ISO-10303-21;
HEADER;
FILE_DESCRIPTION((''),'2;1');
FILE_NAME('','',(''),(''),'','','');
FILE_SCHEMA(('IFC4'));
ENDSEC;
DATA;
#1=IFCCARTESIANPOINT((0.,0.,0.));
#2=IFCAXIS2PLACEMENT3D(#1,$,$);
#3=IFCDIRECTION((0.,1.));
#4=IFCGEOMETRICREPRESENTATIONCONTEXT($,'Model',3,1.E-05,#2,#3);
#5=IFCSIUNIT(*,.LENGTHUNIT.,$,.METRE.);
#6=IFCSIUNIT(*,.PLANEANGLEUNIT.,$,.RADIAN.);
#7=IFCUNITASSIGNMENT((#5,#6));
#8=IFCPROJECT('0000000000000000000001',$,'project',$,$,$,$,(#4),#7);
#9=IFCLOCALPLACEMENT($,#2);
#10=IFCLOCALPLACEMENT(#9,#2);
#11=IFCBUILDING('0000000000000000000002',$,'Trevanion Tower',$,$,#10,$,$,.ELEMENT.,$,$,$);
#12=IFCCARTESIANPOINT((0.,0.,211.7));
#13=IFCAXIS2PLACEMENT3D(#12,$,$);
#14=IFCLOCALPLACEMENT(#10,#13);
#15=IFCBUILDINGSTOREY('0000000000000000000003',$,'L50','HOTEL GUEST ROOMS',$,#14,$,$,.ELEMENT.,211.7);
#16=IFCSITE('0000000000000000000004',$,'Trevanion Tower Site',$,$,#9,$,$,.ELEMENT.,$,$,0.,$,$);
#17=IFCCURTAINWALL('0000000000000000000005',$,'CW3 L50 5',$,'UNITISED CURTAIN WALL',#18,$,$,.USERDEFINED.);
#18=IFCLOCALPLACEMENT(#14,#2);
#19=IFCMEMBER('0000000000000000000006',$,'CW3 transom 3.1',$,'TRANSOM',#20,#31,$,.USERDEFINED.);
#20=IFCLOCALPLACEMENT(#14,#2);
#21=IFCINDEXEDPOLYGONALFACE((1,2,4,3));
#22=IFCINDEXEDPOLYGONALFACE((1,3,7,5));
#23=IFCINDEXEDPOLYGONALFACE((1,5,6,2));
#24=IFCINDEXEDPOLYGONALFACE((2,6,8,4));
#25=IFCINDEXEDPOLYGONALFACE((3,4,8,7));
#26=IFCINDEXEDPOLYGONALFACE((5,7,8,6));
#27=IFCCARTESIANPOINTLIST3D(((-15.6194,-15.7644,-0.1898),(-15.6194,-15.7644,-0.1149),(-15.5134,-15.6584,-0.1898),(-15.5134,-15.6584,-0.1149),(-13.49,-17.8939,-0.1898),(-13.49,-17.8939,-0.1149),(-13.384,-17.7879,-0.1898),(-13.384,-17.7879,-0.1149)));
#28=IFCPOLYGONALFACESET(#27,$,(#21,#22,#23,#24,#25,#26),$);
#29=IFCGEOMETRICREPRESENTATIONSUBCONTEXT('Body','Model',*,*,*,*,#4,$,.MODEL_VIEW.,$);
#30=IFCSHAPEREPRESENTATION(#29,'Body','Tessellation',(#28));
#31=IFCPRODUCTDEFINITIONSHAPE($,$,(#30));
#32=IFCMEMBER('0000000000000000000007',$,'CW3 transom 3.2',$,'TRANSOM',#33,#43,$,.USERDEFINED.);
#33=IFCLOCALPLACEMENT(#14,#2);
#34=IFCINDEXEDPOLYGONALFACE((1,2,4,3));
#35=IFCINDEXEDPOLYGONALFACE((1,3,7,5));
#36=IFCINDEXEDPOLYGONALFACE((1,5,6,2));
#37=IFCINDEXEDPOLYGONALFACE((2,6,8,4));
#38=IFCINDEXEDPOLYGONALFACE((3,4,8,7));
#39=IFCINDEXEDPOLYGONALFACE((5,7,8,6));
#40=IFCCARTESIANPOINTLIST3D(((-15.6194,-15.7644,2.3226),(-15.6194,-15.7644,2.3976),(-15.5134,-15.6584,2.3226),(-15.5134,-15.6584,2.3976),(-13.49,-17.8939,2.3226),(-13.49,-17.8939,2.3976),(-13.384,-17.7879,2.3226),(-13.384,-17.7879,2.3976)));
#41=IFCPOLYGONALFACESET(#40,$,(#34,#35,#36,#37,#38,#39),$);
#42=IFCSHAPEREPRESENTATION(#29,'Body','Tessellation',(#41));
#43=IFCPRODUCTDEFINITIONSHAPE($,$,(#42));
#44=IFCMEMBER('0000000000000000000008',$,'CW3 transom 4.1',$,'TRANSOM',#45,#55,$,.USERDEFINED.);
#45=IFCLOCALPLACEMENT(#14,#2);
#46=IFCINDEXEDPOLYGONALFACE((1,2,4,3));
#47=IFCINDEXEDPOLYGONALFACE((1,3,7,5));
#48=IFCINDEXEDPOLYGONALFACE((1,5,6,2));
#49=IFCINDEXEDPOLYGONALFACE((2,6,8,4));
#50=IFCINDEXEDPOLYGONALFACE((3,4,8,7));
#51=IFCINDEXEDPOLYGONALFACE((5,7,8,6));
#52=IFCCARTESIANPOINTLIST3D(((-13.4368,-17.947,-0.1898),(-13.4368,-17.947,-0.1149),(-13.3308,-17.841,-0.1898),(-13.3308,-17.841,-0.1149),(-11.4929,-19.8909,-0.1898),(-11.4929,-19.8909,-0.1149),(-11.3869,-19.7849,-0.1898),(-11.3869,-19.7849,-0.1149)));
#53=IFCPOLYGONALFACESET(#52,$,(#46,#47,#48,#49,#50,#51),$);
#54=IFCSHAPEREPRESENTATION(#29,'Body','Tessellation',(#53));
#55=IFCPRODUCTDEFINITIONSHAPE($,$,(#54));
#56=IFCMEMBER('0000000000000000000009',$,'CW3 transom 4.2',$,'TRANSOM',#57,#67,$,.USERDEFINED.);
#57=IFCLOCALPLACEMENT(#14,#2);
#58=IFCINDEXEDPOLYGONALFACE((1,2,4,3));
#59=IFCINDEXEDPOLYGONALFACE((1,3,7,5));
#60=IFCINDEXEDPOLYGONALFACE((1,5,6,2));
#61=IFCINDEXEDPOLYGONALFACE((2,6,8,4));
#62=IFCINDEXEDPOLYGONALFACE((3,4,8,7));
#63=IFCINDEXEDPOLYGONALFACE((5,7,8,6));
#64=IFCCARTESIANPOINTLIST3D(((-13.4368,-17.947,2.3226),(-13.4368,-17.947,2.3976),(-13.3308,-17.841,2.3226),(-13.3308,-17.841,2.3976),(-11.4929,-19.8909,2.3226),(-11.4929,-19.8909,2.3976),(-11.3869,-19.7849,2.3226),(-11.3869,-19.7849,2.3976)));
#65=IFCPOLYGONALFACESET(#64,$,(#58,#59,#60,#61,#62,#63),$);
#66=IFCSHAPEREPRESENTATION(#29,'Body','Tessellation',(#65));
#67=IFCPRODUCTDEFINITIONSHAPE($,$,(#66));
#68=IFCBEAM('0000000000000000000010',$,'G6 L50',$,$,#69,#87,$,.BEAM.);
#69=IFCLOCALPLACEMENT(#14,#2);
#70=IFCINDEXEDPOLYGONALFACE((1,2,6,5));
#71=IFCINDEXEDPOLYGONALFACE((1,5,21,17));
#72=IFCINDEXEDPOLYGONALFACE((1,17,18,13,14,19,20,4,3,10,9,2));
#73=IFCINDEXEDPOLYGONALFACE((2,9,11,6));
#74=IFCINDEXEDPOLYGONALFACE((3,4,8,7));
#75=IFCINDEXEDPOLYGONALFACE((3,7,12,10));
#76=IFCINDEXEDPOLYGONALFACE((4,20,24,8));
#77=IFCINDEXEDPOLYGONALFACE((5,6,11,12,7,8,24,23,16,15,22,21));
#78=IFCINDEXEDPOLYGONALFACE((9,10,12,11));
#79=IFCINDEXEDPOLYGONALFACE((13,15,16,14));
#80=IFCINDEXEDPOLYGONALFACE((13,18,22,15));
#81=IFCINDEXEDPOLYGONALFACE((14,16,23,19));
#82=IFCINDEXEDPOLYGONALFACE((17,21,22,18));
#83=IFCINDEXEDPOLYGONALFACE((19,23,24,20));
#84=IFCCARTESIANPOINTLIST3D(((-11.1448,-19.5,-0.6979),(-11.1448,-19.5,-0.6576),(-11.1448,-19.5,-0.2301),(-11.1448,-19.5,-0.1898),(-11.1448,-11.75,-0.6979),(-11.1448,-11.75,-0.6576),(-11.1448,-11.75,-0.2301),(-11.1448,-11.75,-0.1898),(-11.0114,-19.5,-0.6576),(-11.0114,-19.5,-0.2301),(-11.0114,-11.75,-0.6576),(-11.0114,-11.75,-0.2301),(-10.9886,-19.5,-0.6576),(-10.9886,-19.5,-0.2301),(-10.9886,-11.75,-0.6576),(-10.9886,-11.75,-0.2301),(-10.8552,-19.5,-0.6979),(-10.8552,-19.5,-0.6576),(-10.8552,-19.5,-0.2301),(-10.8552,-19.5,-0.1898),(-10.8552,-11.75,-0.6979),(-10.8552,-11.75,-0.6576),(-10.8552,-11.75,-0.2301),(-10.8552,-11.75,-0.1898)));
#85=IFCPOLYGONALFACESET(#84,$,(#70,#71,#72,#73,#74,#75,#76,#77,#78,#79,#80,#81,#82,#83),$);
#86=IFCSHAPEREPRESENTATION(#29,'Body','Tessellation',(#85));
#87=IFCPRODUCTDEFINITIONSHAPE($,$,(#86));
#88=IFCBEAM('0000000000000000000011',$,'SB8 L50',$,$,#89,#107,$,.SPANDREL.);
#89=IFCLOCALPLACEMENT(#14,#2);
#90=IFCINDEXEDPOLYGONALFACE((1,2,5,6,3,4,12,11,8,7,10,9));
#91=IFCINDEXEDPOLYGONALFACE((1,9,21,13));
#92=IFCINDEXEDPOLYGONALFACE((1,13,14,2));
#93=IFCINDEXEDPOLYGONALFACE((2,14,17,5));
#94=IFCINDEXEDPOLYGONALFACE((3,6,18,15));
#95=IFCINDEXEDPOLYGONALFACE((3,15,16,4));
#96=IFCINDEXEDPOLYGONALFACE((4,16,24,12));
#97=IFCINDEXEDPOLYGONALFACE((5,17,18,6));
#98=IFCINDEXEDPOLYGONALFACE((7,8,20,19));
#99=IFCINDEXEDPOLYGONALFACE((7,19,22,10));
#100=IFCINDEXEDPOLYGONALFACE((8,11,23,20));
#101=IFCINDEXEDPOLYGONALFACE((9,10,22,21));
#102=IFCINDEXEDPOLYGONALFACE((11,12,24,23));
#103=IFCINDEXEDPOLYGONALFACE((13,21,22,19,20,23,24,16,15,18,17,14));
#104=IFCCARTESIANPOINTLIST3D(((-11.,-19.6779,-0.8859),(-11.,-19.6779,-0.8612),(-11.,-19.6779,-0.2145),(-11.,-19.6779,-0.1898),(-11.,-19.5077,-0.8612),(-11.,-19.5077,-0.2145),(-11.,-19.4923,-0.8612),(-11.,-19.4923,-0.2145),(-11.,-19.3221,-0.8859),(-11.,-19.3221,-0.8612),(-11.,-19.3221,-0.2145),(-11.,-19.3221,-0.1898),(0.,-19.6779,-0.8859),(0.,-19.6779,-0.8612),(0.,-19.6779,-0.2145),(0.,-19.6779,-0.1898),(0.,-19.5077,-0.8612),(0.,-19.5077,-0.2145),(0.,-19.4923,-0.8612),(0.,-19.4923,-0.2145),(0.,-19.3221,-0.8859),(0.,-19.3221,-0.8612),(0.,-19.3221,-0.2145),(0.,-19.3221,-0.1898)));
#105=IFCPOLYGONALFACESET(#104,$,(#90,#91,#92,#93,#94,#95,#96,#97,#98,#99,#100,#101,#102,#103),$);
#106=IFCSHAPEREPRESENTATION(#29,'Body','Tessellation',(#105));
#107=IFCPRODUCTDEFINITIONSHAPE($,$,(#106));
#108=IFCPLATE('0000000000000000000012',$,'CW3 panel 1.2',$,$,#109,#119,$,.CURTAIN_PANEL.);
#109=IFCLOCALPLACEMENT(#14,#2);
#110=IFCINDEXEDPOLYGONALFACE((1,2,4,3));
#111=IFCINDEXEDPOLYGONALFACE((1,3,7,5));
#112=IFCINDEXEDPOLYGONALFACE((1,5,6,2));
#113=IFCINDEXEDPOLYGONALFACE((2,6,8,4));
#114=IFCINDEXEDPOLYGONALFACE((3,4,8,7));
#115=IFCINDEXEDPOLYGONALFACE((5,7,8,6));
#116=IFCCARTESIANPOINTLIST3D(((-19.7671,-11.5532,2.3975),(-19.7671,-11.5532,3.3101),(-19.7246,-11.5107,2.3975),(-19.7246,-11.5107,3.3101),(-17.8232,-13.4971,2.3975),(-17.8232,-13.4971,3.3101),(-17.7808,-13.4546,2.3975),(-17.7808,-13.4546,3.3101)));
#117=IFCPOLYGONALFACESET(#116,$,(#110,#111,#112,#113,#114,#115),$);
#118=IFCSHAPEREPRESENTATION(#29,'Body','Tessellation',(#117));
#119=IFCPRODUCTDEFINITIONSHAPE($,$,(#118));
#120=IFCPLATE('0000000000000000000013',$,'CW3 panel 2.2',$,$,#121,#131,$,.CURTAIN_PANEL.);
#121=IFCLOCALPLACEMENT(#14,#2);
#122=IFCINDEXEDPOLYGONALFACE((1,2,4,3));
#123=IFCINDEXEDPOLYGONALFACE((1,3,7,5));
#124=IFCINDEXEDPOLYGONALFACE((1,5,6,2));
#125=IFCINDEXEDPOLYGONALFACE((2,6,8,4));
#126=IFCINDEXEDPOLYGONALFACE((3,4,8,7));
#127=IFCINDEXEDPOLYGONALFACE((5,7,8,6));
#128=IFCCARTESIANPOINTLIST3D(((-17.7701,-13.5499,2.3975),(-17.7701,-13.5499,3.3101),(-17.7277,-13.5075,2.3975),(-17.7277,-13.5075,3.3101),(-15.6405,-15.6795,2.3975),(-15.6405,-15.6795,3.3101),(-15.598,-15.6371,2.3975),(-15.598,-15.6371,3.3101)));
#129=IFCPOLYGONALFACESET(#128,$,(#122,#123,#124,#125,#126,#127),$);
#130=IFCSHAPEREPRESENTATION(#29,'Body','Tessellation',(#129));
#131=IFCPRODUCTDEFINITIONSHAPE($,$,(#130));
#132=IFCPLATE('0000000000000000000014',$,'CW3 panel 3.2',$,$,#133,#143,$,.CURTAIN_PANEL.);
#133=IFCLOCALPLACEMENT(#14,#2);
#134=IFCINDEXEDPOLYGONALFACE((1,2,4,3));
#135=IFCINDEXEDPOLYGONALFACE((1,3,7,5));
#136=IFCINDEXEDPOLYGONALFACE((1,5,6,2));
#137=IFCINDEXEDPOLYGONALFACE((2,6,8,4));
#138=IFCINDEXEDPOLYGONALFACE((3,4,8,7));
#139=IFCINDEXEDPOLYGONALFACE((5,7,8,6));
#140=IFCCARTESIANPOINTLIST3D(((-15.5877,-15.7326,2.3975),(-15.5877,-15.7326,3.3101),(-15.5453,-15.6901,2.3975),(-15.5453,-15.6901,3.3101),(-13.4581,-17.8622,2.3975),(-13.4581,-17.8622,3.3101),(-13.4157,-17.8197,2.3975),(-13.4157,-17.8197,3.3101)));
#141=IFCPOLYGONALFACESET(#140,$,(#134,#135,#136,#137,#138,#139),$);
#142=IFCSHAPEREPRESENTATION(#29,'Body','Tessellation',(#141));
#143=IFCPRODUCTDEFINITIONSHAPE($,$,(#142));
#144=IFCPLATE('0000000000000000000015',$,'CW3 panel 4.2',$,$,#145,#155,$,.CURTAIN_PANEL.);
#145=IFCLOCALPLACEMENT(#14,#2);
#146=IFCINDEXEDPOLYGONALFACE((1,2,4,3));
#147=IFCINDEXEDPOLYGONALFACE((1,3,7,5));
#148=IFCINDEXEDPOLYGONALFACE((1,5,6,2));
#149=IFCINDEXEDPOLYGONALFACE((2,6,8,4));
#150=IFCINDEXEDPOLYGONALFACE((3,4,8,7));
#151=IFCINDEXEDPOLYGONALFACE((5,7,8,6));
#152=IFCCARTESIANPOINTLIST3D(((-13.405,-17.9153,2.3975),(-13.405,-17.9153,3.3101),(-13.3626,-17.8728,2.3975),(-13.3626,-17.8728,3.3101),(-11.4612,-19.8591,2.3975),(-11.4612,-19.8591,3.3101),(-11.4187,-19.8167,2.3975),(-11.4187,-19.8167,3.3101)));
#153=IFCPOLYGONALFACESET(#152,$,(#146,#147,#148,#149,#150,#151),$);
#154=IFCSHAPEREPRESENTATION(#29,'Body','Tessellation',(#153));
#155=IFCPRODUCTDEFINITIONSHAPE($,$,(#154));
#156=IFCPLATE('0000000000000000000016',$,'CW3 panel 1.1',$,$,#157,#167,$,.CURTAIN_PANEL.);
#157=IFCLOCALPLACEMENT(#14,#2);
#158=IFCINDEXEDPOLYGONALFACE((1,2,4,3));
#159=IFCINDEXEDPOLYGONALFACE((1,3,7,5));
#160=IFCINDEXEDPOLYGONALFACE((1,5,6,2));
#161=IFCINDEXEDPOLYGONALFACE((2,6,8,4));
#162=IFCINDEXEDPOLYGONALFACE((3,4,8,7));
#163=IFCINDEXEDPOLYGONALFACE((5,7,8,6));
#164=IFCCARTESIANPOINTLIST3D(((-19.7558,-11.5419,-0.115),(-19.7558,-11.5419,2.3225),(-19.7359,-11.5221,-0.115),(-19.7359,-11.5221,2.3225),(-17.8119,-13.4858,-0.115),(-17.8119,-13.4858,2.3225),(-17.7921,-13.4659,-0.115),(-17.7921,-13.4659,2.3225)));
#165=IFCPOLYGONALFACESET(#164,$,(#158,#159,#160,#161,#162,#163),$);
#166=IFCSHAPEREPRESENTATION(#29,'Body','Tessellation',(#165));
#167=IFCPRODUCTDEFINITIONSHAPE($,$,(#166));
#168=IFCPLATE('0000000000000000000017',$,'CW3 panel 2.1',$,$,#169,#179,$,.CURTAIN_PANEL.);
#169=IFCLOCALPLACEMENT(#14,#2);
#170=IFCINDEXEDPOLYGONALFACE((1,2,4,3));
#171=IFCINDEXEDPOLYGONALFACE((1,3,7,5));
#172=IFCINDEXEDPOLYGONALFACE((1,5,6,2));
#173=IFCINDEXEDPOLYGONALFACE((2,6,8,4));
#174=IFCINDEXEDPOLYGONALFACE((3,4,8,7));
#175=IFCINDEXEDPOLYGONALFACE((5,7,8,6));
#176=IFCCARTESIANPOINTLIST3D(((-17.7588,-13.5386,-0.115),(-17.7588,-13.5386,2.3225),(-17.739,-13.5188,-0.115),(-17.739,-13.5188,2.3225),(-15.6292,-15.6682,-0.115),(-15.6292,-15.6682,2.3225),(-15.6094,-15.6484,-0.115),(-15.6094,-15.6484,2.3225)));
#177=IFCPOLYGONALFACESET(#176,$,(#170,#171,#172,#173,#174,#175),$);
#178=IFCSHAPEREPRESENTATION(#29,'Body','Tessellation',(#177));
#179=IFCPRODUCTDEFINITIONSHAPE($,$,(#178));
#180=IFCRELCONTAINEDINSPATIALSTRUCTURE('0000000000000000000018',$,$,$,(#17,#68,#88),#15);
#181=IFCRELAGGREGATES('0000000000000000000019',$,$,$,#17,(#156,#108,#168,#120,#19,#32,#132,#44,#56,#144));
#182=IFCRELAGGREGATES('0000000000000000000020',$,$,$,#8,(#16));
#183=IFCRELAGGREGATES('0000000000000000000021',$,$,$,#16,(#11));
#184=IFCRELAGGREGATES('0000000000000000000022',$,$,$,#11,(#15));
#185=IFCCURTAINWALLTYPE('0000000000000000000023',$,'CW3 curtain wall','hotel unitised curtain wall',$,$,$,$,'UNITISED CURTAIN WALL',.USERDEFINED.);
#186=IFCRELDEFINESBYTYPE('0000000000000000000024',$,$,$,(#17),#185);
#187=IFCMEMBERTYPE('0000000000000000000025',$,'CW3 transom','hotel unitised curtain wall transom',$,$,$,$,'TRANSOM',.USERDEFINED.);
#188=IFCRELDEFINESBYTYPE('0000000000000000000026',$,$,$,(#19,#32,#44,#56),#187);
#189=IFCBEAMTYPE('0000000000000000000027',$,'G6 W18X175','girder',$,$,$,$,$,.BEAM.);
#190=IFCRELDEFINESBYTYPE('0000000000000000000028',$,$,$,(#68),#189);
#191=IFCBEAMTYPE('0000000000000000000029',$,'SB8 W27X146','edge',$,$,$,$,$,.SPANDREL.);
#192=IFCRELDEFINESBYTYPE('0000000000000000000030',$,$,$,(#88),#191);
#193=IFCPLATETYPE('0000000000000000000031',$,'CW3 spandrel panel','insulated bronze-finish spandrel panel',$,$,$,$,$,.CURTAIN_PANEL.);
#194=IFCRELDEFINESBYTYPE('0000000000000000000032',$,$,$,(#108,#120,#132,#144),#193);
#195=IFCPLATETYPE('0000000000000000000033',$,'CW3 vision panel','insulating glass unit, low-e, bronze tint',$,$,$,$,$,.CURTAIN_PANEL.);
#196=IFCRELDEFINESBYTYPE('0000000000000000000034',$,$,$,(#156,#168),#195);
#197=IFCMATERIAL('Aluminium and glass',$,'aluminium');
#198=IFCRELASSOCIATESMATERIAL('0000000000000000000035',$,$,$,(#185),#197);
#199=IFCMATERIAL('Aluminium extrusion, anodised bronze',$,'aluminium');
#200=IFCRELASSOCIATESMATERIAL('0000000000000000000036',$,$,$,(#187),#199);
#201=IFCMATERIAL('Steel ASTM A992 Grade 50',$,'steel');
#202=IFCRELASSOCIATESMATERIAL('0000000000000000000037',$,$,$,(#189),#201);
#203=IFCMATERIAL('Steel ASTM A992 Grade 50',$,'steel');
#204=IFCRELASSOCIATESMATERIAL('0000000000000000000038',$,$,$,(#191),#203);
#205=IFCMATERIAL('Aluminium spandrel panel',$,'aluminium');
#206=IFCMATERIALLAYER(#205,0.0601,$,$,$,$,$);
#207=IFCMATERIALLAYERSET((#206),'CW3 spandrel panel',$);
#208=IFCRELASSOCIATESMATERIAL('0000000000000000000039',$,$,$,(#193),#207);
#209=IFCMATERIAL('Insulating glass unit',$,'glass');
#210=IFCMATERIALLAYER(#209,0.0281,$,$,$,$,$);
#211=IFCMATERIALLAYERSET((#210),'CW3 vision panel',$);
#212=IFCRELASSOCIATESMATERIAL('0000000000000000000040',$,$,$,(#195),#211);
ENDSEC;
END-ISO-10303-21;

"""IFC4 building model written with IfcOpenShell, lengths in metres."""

from ifc_helpers import new_model, si_unit, direction, frame, origin, origin_2d, place, context, subcontext, project, spatial, rectangle, i_section, extrude, material, layer, layer_set, material_profile, profile_set, type_object, element, aggregate, save


model = new_model("IFC4")

# Units and contexts
model_context = context("Model", 3, precision=1e-05, world=origin(), true_north=direction((0.0, 1.0)))
body_context = subcontext(model_context, "Body", "Model", "MODEL_VIEW")
ifc_project = project(units=[si_unit("LENGTHUNIT", "METRE"), si_unit("PLANEANGLEUNIT", "RADIAN")], contexts=[model_context])

# Site, building, storey
site_placement = place(None, origin())
site = spatial("IfcSite", under=ifc_project, at=site_placement, Name="Trevanion Tower Site", CompositionType="ELEMENT", RefElevation=0.0)
building_placement = place(site_placement, origin())
building = spatial("IfcBuilding", under=site, at=building_placement, Name="Trevanion Tower", CompositionType="ELEMENT")
storey_placement = place(building_placement, frame((0.0, 0.0, 211.7)))
storey = spatial("IfcBuildingStorey", under=building, at=storey_placement, Name="L50", Description="HOTEL GUEST ROOMS", CompositionType="ELEMENT", Elevation=211.7)

# Curtain wall
ifc_material_1 = material(Name="Aluminium and glass", Category="aluminium")
curtain_wall_type = type_object("IfcCurtainWallType", Name="CW3 curtain wall", Description="hotel unitised curtain wall", ElementType="UNITISED CURTAIN WALL", PredefinedType="USERDEFINED", material=ifc_material_1)
curtain_wall_1_placement = place(storey_placement, origin())
curtain_wall_1 = element("IfcCurtainWall", 1, at=curtain_wall_1_placement, inside=storey, type_object=curtain_wall_type, Name="CW3 L50 5", ObjectType="UNITISED CURTAIN WALL", PredefinedType="USERDEFINED")

# Members
ifc_material_2 = material(Name="Aluminium extrusion, anodised bronze", Category="aluminium")
ifc_material_profile_1 = material_profile(ifc_material_2, rectangle(XDim=0.1499, YDim=0.075, at=origin_2d()), Name="CW3 transom")
ifc_profile_set_1 = profile_set([ifc_material_profile_1], Name="Aluminium extrusion, anodised bronze")
member_type_1 = type_object("IfcMemberType", Name="CW3 transom", Description="hotel unitised curtain wall transom", ElementType="TRANSOM", PredefinedType="USERDEFINED", material=ifc_profile_set_1)
member_1_placement = place(storey_placement, frame((-15.5664, -15.7114, -0.1523), z_axis=(0.707107, -0.707107, 0.0), x_axis=(0.707107, 0.707107, 0.0)))
member_1 = element("IfcMember", 2, at=member_1_placement, type_object=member_type_1, Name="CW3 transom 3.1", ObjectType="TRANSOM", PredefinedType="USERDEFINED", context=body_context, shape_type="SweptSolid", body=[
    extrude(rectangle(XDim=0.1499, YDim=0.075, at=origin_2d()), origin(), (0.0, 0.0, 1.0), 3.0115),
])
member_2_placement = place(storey_placement, frame((-15.5664, -15.7114, 2.3601), z_axis=(0.707107, -0.707107, 0.0), x_axis=(0.707107, 0.707107, 0.0)))
member_2 = element("IfcMember", 3, at=member_2_placement, type_object=member_type_1, Name="CW3 transom 3.2", ObjectType="TRANSOM", PredefinedType="USERDEFINED", context=body_context, shape_type="SweptSolid", body=[
    extrude(rectangle(XDim=0.1499, YDim=0.075, at=origin_2d()), origin(), (0.0, 0.0, 1.0), 3.0115),
])
member_3_placement = place(storey_placement, frame((-13.3838, -17.894, -0.1523), z_axis=(0.707107, -0.707107, 0.0), x_axis=(0.707107, 0.707107, 0.0)))
member_3 = element("IfcMember", 4, at=member_3_placement, type_object=member_type_1, Name="CW3 transom 4.1", ObjectType="TRANSOM", PredefinedType="USERDEFINED", context=body_context, shape_type="SweptSolid", body=[
    extrude(rectangle(XDim=0.1499, YDim=0.075, at=origin_2d()), origin(), (0.0, 0.0, 1.0), 2.749),
])
member_4_placement = place(storey_placement, frame((-13.3838, -17.894, 2.3601), z_axis=(0.707107, -0.707107, 0.0), x_axis=(0.707107, 0.707107, 0.0)))
member_4 = element("IfcMember", 5, at=member_4_placement, type_object=member_type_1, Name="CW3 transom 4.2", ObjectType="TRANSOM", PredefinedType="USERDEFINED", context=body_context, shape_type="SweptSolid", body=[
    extrude(rectangle(XDim=0.1499, YDim=0.075, at=origin_2d()), origin(), (0.0, 0.0, 1.0), 2.749),
])

# Beams
ifc_material_3 = material(Name="Steel ASTM A992 Grade 50", Category="steel")
ifc_material_profile_2 = material_profile(ifc_material_3, i_section(OverallWidth=0.2896, OverallDepth=0.5081, WebThickness=0.0227, FlangeThickness=0.0403, at=origin_2d()), Name="W18X175")
ifc_profile_set_2 = profile_set([ifc_material_profile_2], Name="Steel ASTM A992 Grade 50")
beam_type_1 = type_object("IfcBeamType", Name="G6 W18X175", Description="girder", PredefinedType="BEAM", material=ifc_profile_set_2)
beam_1_placement = place(storey_placement, frame((-11.0, -11.75, -0.4438), z_axis=(0.0, -1.0, 0.0), x_axis=(1.0, 0.0, 0.0)))
element("IfcBeam", 6, at=beam_1_placement, inside=storey, type_object=beam_type_1, Name="G6 L50", PredefinedType="BEAM", context=body_context, shape_type="SweptSolid", body=[
    extrude(i_section(OverallWidth=0.2896, OverallDepth=0.5081, WebThickness=0.0227, FlangeThickness=0.0403, at=origin_2d()), origin(), (0.0, 0.0, 1.0), 7.75),
])
ifc_material_4 = material(Name="Steel ASTM A992 Grade 50", Category="steel")
ifc_material_profile_3 = material_profile(ifc_material_4, i_section(OverallWidth=0.3557, OverallDepth=0.696, WebThickness=0.0154, FlangeThickness=0.0247, at=origin_2d()), Name="W27X146")
ifc_profile_set_3 = profile_set([ifc_material_profile_3], Name="Steel ASTM A992 Grade 50")
beam_type_2 = type_object("IfcBeamType", Name="SB8 W27X146", Description="edge", PredefinedType="SPANDREL", material=ifc_profile_set_3)
beam_2_placement = place(storey_placement, frame((-11.0, -19.5, -0.5378), z_axis=(1.0, 0.0, 0.0), x_axis=(0.0, 1.0, 0.0)))
element("IfcBeam", 7, at=beam_2_placement, inside=storey, type_object=beam_type_2, Name="SB8 L50", PredefinedType="SPANDREL", context=body_context, shape_type="SweptSolid", body=[
    extrude(i_section(OverallWidth=0.3557, OverallDepth=0.696, WebThickness=0.0154, FlangeThickness=0.0247, at=origin_2d()), origin(), (0.0, 0.0, 1.0), 11.0),
])

# Plates
ifc_material_5 = material(Name="Aluminium spandrel panel", Category="aluminium")
ifc_layer_1 = layer(ifc_material_5, 0.0601)
ifc_layer_set_1 = layer_set([ifc_layer_1], Name="CW3 spandrel panel")
plate_type_1 = type_object("IfcPlateType", Name="CW3 spandrel panel", Description="insulated bronze-finish spandrel panel", PredefinedType="CURTAIN_PANEL", material=ifc_layer_set_1)
plate_1_placement = place(storey_placement, frame((-18.7739, -12.5039, 2.3975), z_axis=(0.0, 0.0, 1.0), x_axis=(0.707107, -0.707107, 0.0)))
plate_1 = element("IfcPlate", 8, at=plate_1_placement, type_object=plate_type_1, Name="CW3 panel 1.2", PredefinedType="CURTAIN_PANEL", context=body_context, shape_type="SweptSolid", body=[
    extrude(rectangle(XDim=2.749, YDim=0.0601, at=origin_2d()), origin(), (0.0, 0.0, 1.0), 0.9126),
])
plate_2_placement = place(storey_placement, frame((-16.6841, -14.5935, 2.3975), z_axis=(0.0, 0.0, 1.0), x_axis=(0.707107, -0.707107, 0.0)))
plate_2 = element("IfcPlate", 9, at=plate_2_placement, type_object=plate_type_1, Name="CW3 panel 2.2", PredefinedType="CURTAIN_PANEL", context=body_context, shape_type="SweptSolid", body=[
    extrude(rectangle(XDim=3.0117, YDim=0.0601, at=origin_2d()), origin(), (0.0, 0.0, 1.0), 0.9126),
])
plate_3_placement = place(storey_placement, frame((-14.5017, -16.7761, 2.3975), z_axis=(0.0, 0.0, 1.0), x_axis=(0.707107, -0.707107, 0.0)))
plate_3 = element("IfcPlate", 10, at=plate_3_placement, type_object=plate_type_1, Name="CW3 panel 3.2", PredefinedType="CURTAIN_PANEL", context=body_context, shape_type="SweptSolid", body=[
    extrude(rectangle(XDim=3.0117, YDim=0.0601, at=origin_2d()), origin(), (0.0, 0.0, 1.0), 0.9126),
])
plate_4_placement = place(storey_placement, frame((-12.4119, -18.866, 2.3975), z_axis=(0.0, 0.0, 1.0), x_axis=(0.707107, -0.707107, 0.0)))
plate_4 = element("IfcPlate", 11, at=plate_4_placement, type_object=plate_type_1, Name="CW3 panel 4.2", PredefinedType="CURTAIN_PANEL", context=body_context, shape_type="SweptSolid", body=[
    extrude(rectangle(XDim=2.749, YDim=0.0601, at=origin_2d()), origin(), (0.0, 0.0, 1.0), 0.9126),
])
ifc_material_6 = material(Name="Insulating glass unit", Category="glass")
ifc_layer_2 = layer(ifc_material_6, 0.0281)
ifc_layer_set_2 = layer_set([ifc_layer_2], Name="CW3 vision panel")
plate_type_2 = type_object("IfcPlateType", Name="CW3 vision panel", Description="insulating glass unit, low-e, bronze tint", PredefinedType="CURTAIN_PANEL", material=ifc_layer_set_2)
plate_5_placement = place(storey_placement, frame((-18.7739, -12.5039, -0.115), z_axis=(0.0, 0.0, 1.0), x_axis=(0.707107, -0.707107, 0.0)))
plate_5 = element("IfcPlate", 12, at=plate_5_placement, type_object=plate_type_2, Name="CW3 panel 1.1", PredefinedType="CURTAIN_PANEL", context=body_context, shape_type="SweptSolid", body=[
    extrude(rectangle(XDim=2.749, YDim=0.0281, at=origin_2d()), origin(), (0.0, 0.0, 1.0), 2.4375),
])
plate_6_placement = place(storey_placement, frame((-16.6841, -14.5935, -0.115), z_axis=(0.0, 0.0, 1.0), x_axis=(0.707107, -0.707107, 0.0)))
plate_6 = element("IfcPlate", 13, at=plate_6_placement, type_object=plate_type_2, Name="CW3 panel 2.1", PredefinedType="CURTAIN_PANEL", context=body_context, shape_type="SweptSolid", body=[
    extrude(rectangle(XDim=3.0117, YDim=0.0281, at=origin_2d()), origin(), (0.0, 0.0, 1.0), 2.4375),
])
aggregate(curtain_wall_1, [plate_5, plate_1, plate_6, plate_2, member_1, member_2, plate_3, member_3, member_4, plate_4])

save(model, "model.ifc")
